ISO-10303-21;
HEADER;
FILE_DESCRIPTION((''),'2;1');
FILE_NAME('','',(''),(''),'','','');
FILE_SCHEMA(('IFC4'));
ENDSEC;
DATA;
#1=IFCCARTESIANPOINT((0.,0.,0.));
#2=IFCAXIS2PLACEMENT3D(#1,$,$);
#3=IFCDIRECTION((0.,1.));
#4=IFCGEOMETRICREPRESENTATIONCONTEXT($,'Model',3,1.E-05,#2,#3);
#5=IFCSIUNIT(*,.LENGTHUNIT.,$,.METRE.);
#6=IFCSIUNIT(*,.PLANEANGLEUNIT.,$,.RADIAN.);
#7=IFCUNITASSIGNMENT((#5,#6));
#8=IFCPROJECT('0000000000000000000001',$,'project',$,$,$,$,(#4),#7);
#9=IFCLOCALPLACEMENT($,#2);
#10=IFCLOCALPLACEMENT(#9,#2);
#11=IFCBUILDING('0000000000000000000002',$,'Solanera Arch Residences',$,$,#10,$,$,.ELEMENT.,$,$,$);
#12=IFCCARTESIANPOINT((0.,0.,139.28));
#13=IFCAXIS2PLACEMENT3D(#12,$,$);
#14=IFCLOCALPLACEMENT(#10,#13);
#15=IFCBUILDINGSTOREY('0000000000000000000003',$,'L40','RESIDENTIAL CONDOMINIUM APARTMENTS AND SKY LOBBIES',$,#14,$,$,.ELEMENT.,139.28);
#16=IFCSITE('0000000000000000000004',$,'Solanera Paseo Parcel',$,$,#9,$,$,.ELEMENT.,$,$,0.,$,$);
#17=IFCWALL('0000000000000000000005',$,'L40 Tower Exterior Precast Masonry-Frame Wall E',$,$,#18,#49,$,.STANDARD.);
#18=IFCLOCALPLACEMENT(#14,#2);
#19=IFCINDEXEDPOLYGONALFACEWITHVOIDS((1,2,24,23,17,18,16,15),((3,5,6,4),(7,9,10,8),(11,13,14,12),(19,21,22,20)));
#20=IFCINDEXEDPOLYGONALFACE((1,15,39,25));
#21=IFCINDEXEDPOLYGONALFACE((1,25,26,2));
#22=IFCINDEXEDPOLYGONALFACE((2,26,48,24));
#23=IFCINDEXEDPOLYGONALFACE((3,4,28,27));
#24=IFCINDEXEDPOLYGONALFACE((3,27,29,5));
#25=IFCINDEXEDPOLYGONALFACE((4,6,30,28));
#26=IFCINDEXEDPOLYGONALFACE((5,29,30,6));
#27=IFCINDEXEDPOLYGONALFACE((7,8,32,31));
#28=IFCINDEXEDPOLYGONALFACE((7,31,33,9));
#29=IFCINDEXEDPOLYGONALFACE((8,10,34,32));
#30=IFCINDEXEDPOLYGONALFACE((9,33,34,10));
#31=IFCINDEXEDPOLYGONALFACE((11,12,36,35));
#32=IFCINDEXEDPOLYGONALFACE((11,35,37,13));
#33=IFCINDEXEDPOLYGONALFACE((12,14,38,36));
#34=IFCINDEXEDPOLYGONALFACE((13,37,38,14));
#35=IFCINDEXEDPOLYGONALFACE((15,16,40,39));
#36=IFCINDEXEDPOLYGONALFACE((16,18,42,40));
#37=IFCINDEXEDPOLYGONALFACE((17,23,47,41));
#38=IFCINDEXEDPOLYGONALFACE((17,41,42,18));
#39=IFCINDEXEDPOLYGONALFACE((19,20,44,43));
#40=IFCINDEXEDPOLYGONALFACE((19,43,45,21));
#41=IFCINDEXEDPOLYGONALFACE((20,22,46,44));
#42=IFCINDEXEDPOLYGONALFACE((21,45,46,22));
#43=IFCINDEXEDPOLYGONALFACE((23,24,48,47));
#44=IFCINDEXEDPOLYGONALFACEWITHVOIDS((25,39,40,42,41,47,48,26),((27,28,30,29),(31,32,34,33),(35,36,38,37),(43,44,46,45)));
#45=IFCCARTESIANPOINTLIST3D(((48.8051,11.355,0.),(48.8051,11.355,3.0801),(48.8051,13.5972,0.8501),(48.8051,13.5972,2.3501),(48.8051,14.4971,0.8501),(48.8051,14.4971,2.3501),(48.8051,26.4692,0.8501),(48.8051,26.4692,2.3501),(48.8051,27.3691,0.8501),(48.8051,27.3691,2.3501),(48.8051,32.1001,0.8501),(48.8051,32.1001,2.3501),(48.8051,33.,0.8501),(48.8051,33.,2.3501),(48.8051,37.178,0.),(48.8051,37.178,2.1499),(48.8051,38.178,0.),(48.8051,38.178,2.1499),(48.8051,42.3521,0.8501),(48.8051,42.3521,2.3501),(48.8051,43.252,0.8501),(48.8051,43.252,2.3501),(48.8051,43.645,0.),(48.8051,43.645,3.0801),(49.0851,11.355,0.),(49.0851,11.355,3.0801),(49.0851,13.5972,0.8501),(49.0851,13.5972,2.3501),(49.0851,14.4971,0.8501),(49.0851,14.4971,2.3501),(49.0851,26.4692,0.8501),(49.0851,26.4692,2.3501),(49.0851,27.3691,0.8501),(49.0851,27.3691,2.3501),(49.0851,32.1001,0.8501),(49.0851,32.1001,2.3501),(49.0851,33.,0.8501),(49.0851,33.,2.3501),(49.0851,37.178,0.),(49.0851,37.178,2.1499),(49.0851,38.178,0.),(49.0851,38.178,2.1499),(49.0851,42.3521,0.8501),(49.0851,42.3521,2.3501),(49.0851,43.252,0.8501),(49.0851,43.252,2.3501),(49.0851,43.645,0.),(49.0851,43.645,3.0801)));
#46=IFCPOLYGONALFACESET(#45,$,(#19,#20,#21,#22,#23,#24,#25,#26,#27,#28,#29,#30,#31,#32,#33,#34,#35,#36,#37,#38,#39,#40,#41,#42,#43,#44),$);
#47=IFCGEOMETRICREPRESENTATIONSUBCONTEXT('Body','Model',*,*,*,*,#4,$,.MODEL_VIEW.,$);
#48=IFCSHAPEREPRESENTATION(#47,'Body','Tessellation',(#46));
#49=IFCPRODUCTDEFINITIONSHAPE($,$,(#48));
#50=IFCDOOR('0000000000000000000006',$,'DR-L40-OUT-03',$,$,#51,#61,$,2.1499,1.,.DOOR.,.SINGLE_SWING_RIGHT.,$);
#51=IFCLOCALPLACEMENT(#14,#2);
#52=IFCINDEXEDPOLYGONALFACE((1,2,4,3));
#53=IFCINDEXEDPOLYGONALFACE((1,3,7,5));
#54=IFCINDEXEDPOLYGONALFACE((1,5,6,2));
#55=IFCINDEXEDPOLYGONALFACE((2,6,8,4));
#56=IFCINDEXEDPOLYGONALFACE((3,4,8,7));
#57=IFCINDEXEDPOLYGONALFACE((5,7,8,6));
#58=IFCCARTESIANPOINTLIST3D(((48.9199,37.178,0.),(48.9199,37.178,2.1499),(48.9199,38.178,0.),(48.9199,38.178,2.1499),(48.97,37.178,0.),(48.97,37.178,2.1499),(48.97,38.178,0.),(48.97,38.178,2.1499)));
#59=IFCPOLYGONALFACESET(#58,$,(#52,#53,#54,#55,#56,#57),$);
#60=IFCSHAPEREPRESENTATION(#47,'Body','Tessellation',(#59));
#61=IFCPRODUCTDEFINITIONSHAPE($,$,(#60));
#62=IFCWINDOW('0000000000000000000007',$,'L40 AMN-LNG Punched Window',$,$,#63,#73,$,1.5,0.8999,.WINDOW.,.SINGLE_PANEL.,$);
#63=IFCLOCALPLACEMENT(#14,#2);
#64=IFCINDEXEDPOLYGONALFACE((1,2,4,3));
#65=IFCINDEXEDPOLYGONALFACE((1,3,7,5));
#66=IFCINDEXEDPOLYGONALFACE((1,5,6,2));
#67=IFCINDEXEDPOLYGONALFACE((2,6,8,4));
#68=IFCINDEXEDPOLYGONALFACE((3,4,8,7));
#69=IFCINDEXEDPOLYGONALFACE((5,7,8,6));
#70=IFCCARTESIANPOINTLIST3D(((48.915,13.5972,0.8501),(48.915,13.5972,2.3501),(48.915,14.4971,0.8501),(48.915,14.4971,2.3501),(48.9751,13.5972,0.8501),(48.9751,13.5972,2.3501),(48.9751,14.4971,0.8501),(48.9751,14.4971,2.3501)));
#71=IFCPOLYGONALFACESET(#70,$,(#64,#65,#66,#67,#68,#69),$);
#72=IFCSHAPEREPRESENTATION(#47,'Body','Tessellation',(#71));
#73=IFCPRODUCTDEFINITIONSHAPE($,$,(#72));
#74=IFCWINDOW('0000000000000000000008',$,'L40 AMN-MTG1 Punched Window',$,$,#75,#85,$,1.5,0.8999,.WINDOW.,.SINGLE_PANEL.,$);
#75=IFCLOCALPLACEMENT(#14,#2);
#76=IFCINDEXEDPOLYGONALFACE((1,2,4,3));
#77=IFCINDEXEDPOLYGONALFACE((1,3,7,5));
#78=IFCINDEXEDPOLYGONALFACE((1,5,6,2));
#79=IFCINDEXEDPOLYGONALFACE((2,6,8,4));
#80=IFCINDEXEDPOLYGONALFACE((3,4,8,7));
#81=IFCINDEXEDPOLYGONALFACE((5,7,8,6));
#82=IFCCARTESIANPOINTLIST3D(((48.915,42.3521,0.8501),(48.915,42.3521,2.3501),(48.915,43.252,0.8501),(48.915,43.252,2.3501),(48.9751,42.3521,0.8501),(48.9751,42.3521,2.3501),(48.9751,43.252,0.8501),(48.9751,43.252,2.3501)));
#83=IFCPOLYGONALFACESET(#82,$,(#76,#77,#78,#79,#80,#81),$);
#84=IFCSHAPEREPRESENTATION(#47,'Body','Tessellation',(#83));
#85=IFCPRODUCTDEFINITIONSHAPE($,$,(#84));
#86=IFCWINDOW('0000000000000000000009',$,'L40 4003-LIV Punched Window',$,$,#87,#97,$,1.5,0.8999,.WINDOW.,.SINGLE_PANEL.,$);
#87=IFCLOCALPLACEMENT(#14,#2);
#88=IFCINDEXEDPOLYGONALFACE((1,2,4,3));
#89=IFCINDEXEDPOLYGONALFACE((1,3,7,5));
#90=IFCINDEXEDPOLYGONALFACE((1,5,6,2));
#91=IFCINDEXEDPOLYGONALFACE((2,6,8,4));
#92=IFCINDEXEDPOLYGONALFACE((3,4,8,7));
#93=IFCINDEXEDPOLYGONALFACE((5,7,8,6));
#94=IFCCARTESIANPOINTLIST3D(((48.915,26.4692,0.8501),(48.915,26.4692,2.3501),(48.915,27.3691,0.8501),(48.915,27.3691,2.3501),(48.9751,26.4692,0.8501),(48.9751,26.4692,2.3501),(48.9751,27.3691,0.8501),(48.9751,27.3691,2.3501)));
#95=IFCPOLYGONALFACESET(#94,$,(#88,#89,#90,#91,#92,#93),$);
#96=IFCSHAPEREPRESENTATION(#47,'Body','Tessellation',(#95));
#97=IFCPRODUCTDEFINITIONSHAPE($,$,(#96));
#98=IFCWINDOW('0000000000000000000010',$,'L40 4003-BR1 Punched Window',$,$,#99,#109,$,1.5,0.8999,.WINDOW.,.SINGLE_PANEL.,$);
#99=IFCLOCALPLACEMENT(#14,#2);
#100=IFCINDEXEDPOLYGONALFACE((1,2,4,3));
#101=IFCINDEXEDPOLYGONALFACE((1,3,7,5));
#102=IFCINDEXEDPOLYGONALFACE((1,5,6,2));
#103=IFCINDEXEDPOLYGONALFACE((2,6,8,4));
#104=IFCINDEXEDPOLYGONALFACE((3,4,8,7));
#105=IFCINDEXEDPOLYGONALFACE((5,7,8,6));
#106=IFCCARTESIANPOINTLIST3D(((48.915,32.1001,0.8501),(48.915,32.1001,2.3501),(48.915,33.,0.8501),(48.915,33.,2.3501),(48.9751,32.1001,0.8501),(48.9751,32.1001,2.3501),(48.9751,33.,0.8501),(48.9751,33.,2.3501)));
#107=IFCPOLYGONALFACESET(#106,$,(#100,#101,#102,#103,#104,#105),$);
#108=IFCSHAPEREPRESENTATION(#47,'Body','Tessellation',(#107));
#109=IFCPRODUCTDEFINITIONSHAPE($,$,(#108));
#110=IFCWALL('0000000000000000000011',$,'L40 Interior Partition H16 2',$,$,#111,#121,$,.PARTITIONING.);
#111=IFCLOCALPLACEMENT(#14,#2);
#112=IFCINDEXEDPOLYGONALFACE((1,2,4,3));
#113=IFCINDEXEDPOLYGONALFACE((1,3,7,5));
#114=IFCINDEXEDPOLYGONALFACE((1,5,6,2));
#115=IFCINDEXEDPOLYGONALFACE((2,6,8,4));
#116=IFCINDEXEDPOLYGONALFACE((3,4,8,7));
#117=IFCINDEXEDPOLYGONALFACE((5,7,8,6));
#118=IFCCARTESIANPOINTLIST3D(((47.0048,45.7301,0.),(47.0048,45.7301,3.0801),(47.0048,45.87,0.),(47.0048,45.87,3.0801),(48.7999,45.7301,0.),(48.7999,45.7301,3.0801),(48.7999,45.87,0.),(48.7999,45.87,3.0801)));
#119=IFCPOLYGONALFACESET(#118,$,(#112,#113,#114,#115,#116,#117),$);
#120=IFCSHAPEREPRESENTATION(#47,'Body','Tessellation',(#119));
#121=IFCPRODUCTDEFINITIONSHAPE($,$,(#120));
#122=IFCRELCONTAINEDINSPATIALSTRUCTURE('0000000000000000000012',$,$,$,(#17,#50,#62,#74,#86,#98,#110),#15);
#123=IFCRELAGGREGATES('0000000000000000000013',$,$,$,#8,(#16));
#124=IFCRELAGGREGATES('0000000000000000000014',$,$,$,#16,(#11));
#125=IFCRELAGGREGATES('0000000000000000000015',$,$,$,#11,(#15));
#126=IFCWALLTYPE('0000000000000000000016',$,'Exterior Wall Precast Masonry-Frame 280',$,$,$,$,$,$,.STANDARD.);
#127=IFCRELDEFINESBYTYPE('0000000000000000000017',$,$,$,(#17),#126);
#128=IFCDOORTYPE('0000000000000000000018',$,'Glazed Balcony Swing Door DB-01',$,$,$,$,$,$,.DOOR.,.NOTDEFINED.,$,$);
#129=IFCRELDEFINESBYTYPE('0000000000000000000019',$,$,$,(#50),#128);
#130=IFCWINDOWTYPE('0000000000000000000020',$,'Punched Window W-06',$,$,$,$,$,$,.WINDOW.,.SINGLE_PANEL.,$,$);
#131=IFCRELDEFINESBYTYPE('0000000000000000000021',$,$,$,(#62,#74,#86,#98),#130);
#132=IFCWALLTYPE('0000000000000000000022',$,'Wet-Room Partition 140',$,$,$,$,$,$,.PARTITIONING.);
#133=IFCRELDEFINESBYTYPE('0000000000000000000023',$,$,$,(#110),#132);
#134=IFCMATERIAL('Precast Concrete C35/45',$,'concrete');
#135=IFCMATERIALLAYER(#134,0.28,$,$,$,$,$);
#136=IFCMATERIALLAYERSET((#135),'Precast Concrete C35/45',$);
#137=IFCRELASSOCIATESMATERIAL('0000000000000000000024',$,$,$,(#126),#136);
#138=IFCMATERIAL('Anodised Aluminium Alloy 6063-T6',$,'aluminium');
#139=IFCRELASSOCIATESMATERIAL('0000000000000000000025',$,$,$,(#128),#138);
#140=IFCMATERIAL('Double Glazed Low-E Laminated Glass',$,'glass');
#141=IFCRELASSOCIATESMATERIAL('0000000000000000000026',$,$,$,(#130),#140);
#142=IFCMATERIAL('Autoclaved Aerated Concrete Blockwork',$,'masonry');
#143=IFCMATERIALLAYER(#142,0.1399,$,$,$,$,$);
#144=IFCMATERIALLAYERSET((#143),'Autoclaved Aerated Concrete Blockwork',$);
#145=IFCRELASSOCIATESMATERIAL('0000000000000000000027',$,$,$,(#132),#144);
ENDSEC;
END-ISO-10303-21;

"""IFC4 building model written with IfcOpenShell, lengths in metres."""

from ifc_helpers import new_model, si_unit, direction, frame, frame_2d, origin, place, context, subcontext, project, spatial, rectangle, extrude, material, layer, layer_set, type_object, element, fill, save


model = new_model("IFC4")

# Units and contexts
model_context = context("Model", 3, precision=1e-05, world=origin(), true_north=direction((0.0, 1.0)))
body_context = subcontext(model_context, "Body", "Model", "MODEL_VIEW")
ifc_project = project(units=[si_unit("LENGTHUNIT", "METRE"), si_unit("PLANEANGLEUNIT", "RADIAN")], contexts=[model_context])

# Site, building, storey
site_placement = place(None, origin())
site = spatial("IfcSite", under=ifc_project, at=site_placement, Name="Solanera Paseo Parcel", CompositionType="ELEMENT", RefElevation=0.0)
building_placement = place(site_placement, origin())
building = spatial("IfcBuilding", under=site, at=building_placement, Name="Solanera Arch Residences", CompositionType="ELEMENT")
storey_placement = place(building_placement, frame((0.0, 0.0, 139.28)))
storey = spatial("IfcBuildingStorey", under=building, at=storey_placement, Name="L40", Description="RESIDENTIAL CONDOMINIUM APARTMENTS AND SKY LOBBIES", CompositionType="ELEMENT", Elevation=139.28)

# Shared definitions
ifc_material_1 = material(Name="Precast Concrete C35/45", Category="concrete")
ifc_layer_1 = layer(ifc_material_1, 0.28)
ifc_layer_set_1 = layer_set([ifc_layer_1], Name="Precast Concrete C35/45")
wall_type_1 = type_object("IfcWallType", Name="Exterior Wall Precast Masonry-Frame 280", PredefinedType="STANDARD", material=ifc_layer_set_1)

# Wall, openings, door, windows
wall_1_placement = place(storey_placement, frame((48.9451, 43.645, 0.0), z_axis=(0.0, 0.0, 1.0), x_axis=(0.0, -1.0, 0.0)))
wall_1 = element("IfcWall", 1, at=wall_1_placement, inside=storey, type_object=wall_type_1, Name="L40 Tower Exterior Precast Masonry-Frame Wall E", PredefinedType="STANDARD", context=body_context, shape_type="SweptSolid", body=[
    extrude(rectangle(XDim=32.29, YDim=0.28, at=frame_2d((16.145, 0.0))), origin(), (0.0, 0.0, 1.0), 3.0801),
])
opening_1_placement = place(wall_1_placement, frame((5.467, 0.0, 0.0)))
opening_1 = element("IfcOpeningElement", 2, at=opening_1_placement, cuts=wall_1, PredefinedType="OPENING", context=body_context, shape_type="SweptSolid", body=[
    extrude(rectangle(XDim=1.0, YDim=2.1499, at=frame_2d((0.5, 1.075))), frame((0.0, 0.1499, 0.0), z_axis=(0.0, -1.0, 0.0), x_axis=(1.0, 0.0, 0.0)), (0.0, 0.0, 1.0), 0.3),
])
opening_2_placement = place(wall_1_placement, frame((29.1479, 0.0, 0.8501)))
opening_2 = element("IfcOpeningElement", 3, at=opening_2_placement, cuts=wall_1, PredefinedType="OPENING", context=body_context, shape_type="SweptSolid", body=[
    extrude(rectangle(XDim=0.8999, YDim=1.5, at=frame_2d((0.45, 0.75))), frame((0.0, 0.1499, 0.0), z_axis=(0.0, -1.0, 0.0), x_axis=(1.0, 0.0, 0.0)), (0.0, 0.0, 1.0), 0.3),
])
opening_3_placement = place(wall_1_placement, frame((0.3931, 0.0, 0.8501)))
opening_3 = element("IfcOpeningElement", 4, at=opening_3_placement, cuts=wall_1, PredefinedType="OPENING", context=body_context, shape_type="SweptSolid", body=[
    extrude(rectangle(XDim=0.8999, YDim=1.5, at=frame_2d((0.45, 0.75))), frame((0.0, 0.1499, 0.0), z_axis=(0.0, -1.0, 0.0), x_axis=(1.0, 0.0, 0.0)), (0.0, 0.0, 1.0), 0.3),
])
opening_4_placement = place(wall_1_placement, frame((16.2759, 0.0, 0.8501)))
opening_4 = element("IfcOpeningElement", 5, at=opening_4_placement, cuts=wall_1, PredefinedType="OPENING", context=body_context, shape_type="SweptSolid", body=[
    extrude(rectangle(XDim=0.8999, YDim=1.5, at=frame_2d((0.45, 0.75))), frame((0.0, 0.1499, 0.0), z_axis=(0.0, -1.0, 0.0), x_axis=(1.0, 0.0, 0.0)), (0.0, 0.0, 1.0), 0.3),
])
opening_5_placement = place(wall_1_placement, frame((10.645, 0.0, 0.8501)))
opening_5 = element("IfcOpeningElement", 6, at=opening_5_placement, cuts=wall_1, PredefinedType="OPENING", context=body_context, shape_type="SweptSolid", body=[
    extrude(rectangle(XDim=0.8999, YDim=1.5, at=frame_2d((0.45, 0.75))), frame((0.0, 0.1499, 0.0), z_axis=(0.0, -1.0, 0.0), x_axis=(1.0, 0.0, 0.0)), (0.0, 0.0, 1.0), 0.3),
])
ifc_material_2 = material(Name="Anodised Aluminium Alloy 6063-T6", Category="aluminium")
door_type_1 = type_object("IfcDoorType", Name="Glazed Balcony Swing Door DB-01", OperationType="NOTDEFINED", PredefinedType="DOOR", material=ifc_material_2)
door_1_placement = place(opening_1_placement, origin())
door_1 = element("IfcDoor", 7, at=door_1_placement, inside=storey, type_object=door_type_1, Name="DR-L40-OUT-03", OperationType="SINGLE_SWING_RIGHT", OverallHeight=2.1499, OverallWidth=1.0, PredefinedType="DOOR", context=body_context, shape_type="SweptSolid", body=[
    extrude(rectangle(XDim=1.0, YDim=2.1499, at=frame_2d((0.5, 1.075))), frame((0.0, 0.0249, 0.0), z_axis=(0.0, -1.0, 0.0), x_axis=(1.0, 0.0, 0.0)), (0.0, 0.0, 1.0), 0.05),
])
fill(opening_1, door_1)
ifc_material_3 = material(Name="Double Glazed Low-E Laminated Glass", Category="glass")
window_type = type_object("IfcWindowType", Name="Punched Window W-06", PartitioningType="SINGLE_PANEL", PredefinedType="WINDOW", material=ifc_material_3)
window_1_placement = place(opening_2_placement, origin())
window_1 = element("IfcWindow", 8, at=window_1_placement, inside=storey, type_object=window_type, Name="L40 AMN-LNG Punched Window", OverallHeight=1.5, OverallWidth=0.8999, PartitioningType="SINGLE_PANEL", PredefinedType="WINDOW", context=body_context, shape_type="SweptSolid", body=[
    extrude(rectangle(XDim=0.8999, YDim=1.5, at=frame_2d((0.45, 0.75))), frame((0.0, 0.03, 0.0), z_axis=(0.0, -1.0, 0.0), x_axis=(1.0, 0.0, 0.0)), (0.0, 0.0, 1.0), 0.0601),
])
fill(opening_2, window_1)
window_2_placement = place(opening_3_placement, origin())
window_2 = element("IfcWindow", 9, at=window_2_placement, inside=storey, type_object=window_type, Name="L40 AMN-MTG1 Punched Window", OverallHeight=1.5, OverallWidth=0.8999, PartitioningType="SINGLE_PANEL", PredefinedType="WINDOW", context=body_context, shape_type="SweptSolid", body=[
    extrude(rectangle(XDim=0.8999, YDim=1.5, at=frame_2d((0.45, 0.75))), frame((0.0, 0.03, 0.0), z_axis=(0.0, -1.0, 0.0), x_axis=(1.0, 0.0, 0.0)), (0.0, 0.0, 1.0), 0.0601),
])
fill(opening_3, window_2)
window_3_placement = place(opening_4_placement, origin())
window_3 = element("IfcWindow", 10, at=window_3_placement, inside=storey, type_object=window_type, Name="L40 4003-LIV Punched Window", OverallHeight=1.5, OverallWidth=0.8999, PartitioningType="SINGLE_PANEL", PredefinedType="WINDOW", context=body_context, shape_type="SweptSolid", body=[
    extrude(rectangle(XDim=0.8999, YDim=1.5, at=frame_2d((0.45, 0.75))), frame((0.0, 0.03, 0.0), z_axis=(0.0, -1.0, 0.0), x_axis=(1.0, 0.0, 0.0)), (0.0, 0.0, 1.0), 0.0601),
])
fill(opening_4, window_3)
window_4_placement = place(opening_5_placement, origin())
window_4 = element("IfcWindow", 11, at=window_4_placement, inside=storey, type_object=window_type, Name="L40 4003-BR1 Punched Window", OverallHeight=1.5, OverallWidth=0.8999, PartitioningType="SINGLE_PANEL", PredefinedType="WINDOW", context=body_context, shape_type="SweptSolid", body=[
    extrude(rectangle(XDim=0.8999, YDim=1.5, at=frame_2d((0.45, 0.75))), frame((0.0, 0.03, 0.0), z_axis=(0.0, -1.0, 0.0), x_axis=(1.0, 0.0, 0.0)), (0.0, 0.0, 1.0), 0.0601),
])
fill(opening_5, window_4)

# Wall
ifc_material_4 = material(Name="Autoclaved Aerated Concrete Blockwork", Category="masonry")
ifc_layer_2 = layer(ifc_material_4, 0.1399)
ifc_layer_set_2 = layer_set([ifc_layer_2], Name="Autoclaved Aerated Concrete Blockwork")
wall_type_2 = type_object("IfcWallType", Name="Wet-Room Partition 140", PredefinedType="PARTITIONING", material=ifc_layer_set_2)
wall_2_placement = place(storey_placement, frame((47.0049, 45.8, 0.0), z_axis=(0.0, 0.0, 1.0), x_axis=(1.0, 0.0, 0.0)))
element("IfcWall", 12, at=wall_2_placement, inside=storey, type_object=wall_type_2, Name="L40 Interior Partition H16 2", PredefinedType="PARTITIONING", context=body_context, shape_type="SweptSolid", body=[
    extrude(rectangle(XDim=1.7952, YDim=0.1399, at=frame_2d((0.8975, 0.0))), origin(), (0.0, 0.0, 1.0), 3.0801),
])

save(model, "model.ifc")
